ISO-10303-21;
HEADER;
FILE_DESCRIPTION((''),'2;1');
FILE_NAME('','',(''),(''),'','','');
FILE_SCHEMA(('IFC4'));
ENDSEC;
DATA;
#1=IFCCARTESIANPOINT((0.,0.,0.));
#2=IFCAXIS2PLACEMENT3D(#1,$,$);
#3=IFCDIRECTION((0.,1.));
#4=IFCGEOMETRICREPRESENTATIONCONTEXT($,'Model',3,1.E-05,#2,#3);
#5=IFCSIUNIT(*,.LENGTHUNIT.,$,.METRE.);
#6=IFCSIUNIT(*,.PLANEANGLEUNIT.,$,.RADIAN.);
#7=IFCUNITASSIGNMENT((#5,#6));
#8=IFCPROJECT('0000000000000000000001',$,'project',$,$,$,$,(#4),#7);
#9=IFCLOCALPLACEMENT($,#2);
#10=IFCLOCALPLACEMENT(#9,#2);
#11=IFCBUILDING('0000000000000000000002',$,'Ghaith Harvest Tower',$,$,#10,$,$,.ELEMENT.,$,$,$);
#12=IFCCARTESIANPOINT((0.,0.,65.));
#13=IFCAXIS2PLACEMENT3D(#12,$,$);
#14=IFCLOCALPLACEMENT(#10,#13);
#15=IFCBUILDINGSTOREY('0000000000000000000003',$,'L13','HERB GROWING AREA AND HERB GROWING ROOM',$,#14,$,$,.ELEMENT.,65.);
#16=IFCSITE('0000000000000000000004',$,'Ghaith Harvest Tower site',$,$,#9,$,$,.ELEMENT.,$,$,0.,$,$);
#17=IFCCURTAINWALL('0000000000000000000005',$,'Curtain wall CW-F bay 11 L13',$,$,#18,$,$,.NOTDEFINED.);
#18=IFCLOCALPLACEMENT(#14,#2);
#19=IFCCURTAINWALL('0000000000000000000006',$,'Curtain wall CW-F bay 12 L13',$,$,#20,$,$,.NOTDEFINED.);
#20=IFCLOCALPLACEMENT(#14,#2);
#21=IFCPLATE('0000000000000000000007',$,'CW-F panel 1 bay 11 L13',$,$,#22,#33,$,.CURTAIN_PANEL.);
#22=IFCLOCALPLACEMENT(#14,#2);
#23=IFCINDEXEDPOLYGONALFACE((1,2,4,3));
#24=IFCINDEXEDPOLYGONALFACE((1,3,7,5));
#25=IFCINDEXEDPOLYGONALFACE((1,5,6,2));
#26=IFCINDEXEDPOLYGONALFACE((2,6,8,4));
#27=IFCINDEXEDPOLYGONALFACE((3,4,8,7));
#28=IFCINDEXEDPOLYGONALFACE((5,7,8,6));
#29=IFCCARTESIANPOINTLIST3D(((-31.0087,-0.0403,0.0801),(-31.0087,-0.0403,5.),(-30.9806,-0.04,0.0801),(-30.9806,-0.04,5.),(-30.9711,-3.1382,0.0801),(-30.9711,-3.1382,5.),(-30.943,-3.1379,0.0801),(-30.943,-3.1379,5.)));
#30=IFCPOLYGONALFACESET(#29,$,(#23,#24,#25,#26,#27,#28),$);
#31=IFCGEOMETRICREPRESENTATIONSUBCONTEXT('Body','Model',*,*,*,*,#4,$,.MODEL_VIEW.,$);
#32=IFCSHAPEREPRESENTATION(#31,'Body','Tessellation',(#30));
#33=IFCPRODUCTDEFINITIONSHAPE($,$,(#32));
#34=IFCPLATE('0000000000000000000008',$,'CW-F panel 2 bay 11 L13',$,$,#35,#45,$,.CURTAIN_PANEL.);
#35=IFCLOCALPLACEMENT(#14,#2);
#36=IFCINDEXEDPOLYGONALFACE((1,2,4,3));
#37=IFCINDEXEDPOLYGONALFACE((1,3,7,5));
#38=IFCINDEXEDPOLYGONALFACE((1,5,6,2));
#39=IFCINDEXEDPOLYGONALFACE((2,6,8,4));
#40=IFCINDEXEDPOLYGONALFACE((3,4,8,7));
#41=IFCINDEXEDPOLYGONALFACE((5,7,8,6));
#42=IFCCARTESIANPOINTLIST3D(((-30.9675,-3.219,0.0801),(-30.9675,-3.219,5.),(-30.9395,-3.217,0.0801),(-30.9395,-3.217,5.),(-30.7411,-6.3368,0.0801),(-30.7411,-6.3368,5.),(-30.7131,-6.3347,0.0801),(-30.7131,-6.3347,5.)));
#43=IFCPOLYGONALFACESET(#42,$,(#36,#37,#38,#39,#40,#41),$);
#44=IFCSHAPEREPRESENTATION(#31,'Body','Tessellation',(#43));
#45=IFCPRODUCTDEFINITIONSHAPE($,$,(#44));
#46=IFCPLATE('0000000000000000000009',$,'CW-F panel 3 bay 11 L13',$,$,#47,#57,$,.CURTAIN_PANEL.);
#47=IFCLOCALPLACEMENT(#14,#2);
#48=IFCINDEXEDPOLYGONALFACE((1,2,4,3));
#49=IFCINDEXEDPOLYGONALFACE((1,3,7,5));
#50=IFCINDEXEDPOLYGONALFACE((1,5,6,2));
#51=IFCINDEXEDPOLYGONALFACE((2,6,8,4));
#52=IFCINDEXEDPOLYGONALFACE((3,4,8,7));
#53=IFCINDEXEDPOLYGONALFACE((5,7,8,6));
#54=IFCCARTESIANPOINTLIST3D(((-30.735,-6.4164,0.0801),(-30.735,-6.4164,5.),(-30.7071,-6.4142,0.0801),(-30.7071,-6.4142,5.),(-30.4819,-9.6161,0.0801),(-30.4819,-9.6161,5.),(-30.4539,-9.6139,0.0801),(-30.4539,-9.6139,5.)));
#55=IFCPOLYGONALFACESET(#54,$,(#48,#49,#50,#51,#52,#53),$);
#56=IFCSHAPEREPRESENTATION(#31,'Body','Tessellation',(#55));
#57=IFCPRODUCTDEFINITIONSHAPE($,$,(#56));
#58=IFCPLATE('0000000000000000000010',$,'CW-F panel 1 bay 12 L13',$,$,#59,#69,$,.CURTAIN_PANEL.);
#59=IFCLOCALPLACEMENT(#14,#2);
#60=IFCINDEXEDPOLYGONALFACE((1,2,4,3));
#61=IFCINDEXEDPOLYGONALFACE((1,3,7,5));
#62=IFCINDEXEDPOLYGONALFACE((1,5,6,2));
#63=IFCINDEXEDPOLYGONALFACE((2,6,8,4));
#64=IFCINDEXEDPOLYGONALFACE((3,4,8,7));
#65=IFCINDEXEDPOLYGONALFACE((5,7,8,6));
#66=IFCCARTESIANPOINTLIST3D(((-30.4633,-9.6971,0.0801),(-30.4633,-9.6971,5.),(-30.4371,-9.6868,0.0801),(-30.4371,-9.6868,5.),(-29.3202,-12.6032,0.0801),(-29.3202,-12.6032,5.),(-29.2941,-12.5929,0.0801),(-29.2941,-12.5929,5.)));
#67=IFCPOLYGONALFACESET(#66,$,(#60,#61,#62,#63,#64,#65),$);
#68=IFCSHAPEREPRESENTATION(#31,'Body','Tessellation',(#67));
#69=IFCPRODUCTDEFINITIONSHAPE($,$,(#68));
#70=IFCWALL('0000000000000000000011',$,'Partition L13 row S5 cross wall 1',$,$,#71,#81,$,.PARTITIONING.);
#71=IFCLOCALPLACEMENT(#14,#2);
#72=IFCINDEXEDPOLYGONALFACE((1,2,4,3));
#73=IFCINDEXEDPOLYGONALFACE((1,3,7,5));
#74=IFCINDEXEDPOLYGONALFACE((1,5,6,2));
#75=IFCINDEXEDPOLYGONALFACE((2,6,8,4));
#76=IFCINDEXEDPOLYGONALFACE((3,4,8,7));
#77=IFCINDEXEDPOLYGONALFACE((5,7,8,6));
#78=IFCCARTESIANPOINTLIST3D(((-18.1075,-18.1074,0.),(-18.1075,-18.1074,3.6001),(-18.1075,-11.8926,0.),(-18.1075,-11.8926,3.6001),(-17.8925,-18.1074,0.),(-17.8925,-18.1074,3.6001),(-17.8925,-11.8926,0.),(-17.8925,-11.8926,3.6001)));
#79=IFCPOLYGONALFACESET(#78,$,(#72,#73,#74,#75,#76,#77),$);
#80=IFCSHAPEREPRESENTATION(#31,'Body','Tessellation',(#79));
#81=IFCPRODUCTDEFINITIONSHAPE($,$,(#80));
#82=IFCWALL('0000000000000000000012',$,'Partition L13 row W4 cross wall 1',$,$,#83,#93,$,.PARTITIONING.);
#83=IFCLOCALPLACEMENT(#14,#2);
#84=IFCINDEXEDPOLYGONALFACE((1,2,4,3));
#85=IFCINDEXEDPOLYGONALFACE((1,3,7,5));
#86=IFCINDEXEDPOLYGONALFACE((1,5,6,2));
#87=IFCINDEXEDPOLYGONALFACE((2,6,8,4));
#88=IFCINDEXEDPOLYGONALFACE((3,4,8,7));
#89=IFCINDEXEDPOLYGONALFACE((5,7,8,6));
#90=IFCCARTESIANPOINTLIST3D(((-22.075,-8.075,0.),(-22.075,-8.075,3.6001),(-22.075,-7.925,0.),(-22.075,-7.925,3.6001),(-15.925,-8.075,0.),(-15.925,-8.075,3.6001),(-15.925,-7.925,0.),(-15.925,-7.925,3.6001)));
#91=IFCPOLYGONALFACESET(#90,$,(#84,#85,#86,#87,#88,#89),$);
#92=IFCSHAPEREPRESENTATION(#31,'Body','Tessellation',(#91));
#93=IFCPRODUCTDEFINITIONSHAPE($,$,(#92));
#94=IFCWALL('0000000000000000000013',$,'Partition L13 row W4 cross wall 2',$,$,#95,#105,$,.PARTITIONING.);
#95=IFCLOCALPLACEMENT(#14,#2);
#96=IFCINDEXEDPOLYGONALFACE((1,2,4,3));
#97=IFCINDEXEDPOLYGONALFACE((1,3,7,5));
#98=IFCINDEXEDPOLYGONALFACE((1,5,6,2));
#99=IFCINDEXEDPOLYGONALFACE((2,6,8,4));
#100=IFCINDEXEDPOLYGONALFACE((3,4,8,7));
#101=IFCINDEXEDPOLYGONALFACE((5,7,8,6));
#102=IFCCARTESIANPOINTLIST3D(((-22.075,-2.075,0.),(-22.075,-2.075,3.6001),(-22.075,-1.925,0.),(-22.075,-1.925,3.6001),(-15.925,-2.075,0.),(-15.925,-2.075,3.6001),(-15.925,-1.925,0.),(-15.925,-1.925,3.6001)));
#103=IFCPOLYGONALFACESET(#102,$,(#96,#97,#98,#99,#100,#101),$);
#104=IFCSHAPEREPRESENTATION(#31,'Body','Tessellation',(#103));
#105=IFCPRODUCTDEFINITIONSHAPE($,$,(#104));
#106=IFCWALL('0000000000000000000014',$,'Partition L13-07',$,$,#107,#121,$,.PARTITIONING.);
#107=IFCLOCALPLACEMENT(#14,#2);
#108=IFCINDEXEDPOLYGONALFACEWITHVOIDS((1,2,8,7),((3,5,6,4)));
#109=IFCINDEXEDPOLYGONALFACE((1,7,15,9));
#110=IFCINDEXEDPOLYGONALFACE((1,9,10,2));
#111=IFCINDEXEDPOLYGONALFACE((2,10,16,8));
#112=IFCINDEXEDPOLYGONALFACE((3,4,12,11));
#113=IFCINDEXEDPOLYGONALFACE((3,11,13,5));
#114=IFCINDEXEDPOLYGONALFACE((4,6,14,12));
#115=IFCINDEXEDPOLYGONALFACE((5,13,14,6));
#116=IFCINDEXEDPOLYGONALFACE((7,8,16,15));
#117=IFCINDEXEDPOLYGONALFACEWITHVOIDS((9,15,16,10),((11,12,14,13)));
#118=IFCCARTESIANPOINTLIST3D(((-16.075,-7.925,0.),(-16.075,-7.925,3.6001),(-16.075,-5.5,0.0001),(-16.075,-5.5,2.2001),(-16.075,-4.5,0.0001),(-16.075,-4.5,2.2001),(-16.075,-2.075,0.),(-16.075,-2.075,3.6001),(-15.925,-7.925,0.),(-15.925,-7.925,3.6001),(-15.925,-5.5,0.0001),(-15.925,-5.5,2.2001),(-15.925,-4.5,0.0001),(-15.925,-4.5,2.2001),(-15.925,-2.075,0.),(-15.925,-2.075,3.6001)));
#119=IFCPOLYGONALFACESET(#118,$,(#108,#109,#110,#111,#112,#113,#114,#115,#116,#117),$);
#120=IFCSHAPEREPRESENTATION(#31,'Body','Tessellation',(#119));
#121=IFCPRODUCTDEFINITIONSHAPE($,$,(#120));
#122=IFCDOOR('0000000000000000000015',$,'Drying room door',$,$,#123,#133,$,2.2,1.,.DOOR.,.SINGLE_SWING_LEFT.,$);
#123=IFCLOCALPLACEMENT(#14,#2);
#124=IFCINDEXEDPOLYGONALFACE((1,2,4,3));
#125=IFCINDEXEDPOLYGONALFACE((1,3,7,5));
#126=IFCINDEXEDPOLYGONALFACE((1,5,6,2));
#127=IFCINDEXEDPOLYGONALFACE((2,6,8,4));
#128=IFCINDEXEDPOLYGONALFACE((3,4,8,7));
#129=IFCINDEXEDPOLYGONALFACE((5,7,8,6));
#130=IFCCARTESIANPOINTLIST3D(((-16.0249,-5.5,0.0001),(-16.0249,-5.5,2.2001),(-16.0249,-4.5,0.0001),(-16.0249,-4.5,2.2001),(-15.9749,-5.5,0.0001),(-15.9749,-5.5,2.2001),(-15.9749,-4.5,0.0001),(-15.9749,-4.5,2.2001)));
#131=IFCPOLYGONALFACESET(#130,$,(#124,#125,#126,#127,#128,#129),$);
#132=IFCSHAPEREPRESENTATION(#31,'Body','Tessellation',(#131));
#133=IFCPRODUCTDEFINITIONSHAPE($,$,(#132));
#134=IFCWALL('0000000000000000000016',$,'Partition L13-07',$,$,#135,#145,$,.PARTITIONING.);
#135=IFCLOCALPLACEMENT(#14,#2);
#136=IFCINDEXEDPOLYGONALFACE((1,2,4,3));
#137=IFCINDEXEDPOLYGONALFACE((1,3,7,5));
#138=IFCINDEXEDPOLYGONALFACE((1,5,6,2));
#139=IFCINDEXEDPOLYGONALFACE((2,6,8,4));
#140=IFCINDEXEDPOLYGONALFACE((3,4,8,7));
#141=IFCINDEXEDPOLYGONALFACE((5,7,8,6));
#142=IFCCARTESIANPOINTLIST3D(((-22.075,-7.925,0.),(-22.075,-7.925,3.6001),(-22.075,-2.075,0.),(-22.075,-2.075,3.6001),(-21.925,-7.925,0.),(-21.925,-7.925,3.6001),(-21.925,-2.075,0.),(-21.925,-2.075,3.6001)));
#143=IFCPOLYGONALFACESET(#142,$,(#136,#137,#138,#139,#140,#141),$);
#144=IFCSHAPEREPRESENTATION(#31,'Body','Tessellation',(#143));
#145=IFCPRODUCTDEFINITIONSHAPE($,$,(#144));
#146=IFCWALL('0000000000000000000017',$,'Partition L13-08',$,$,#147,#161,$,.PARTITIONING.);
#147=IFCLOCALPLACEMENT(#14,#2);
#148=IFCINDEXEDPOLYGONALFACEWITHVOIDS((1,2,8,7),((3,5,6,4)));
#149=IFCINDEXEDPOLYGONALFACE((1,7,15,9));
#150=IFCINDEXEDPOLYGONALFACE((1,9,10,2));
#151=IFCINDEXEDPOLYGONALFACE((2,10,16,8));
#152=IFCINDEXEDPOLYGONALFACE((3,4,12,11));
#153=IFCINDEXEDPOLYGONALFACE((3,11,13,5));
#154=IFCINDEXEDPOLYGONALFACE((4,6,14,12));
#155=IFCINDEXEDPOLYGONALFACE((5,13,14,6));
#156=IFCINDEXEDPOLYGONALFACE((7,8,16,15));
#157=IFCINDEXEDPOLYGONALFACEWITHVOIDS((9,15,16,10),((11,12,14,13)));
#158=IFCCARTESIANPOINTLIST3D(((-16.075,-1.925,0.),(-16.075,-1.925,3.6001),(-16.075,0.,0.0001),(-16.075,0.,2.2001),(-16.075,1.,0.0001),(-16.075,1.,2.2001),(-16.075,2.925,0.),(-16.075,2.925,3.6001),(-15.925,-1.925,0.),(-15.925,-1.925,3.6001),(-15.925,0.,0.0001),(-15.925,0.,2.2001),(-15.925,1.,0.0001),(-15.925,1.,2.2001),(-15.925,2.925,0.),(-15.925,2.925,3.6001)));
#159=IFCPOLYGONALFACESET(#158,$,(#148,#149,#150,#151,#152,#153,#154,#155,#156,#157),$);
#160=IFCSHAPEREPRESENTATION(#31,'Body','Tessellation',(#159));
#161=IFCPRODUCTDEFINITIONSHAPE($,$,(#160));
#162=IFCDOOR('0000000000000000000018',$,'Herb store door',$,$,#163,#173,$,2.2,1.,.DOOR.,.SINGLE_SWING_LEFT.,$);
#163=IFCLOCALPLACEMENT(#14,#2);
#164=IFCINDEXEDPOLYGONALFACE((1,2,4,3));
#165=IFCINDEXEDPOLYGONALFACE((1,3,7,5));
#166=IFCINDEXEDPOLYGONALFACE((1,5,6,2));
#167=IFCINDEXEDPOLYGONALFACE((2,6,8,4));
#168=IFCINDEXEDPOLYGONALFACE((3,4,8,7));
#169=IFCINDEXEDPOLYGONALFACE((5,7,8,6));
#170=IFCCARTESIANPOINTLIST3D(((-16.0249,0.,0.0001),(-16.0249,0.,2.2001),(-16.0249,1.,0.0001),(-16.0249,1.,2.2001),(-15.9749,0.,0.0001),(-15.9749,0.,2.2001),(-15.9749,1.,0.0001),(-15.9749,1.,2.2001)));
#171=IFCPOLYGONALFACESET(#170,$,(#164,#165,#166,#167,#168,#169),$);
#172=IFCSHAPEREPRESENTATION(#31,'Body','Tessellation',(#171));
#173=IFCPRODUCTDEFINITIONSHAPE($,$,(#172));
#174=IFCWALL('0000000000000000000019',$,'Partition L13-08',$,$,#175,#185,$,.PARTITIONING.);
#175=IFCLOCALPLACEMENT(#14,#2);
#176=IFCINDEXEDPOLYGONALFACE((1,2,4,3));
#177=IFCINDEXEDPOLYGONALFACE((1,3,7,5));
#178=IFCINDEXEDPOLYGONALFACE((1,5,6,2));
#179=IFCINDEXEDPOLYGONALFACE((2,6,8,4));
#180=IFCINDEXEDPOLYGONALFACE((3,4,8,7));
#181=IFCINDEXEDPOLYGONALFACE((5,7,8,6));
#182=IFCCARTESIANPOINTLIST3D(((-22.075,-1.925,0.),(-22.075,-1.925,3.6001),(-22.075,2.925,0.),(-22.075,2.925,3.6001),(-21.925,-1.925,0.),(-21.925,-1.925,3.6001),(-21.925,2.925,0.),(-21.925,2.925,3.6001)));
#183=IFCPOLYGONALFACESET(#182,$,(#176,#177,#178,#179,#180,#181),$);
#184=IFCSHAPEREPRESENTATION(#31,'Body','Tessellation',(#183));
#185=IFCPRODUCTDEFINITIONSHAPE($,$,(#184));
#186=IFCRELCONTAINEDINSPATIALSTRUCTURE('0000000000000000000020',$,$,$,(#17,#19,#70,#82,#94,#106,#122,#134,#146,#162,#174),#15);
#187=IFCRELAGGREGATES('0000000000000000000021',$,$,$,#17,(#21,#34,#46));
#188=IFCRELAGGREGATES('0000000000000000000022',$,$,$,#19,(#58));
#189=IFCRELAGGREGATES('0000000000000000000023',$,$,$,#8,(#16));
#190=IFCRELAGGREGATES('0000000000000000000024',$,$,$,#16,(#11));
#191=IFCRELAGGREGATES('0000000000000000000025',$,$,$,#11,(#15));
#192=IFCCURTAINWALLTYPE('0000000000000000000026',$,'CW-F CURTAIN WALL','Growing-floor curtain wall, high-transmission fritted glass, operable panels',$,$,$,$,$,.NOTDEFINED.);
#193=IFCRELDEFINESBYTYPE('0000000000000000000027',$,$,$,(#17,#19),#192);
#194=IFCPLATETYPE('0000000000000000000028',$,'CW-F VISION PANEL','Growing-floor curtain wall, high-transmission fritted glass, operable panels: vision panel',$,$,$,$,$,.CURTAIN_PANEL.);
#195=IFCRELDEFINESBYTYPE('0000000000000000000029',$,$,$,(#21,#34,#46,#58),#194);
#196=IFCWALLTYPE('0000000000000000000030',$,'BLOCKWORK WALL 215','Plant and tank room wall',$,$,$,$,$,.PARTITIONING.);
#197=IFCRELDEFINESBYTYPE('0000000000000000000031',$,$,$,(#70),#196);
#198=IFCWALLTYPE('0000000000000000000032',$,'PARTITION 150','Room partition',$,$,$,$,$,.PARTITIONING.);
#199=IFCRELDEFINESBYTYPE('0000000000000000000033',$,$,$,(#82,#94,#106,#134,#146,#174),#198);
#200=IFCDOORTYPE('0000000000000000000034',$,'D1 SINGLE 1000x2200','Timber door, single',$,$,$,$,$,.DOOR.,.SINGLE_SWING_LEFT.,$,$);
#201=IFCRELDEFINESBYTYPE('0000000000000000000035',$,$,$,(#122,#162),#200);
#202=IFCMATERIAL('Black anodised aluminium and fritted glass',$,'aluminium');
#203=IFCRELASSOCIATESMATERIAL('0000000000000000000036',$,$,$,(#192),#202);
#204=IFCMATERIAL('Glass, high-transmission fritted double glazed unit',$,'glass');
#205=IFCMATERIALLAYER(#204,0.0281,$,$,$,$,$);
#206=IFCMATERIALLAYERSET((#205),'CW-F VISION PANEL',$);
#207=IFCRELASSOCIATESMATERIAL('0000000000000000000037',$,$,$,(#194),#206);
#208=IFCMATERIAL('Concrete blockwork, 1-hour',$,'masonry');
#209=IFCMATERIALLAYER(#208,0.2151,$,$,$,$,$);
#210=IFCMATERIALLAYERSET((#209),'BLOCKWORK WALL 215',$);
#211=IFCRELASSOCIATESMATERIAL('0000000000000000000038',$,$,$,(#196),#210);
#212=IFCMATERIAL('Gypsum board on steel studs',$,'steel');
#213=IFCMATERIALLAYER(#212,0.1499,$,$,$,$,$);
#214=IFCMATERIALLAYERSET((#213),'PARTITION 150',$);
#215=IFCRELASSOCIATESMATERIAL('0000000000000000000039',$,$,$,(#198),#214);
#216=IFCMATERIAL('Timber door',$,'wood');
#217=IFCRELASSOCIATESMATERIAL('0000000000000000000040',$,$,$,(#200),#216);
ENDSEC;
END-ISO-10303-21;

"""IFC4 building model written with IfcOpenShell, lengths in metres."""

from ifc_helpers import new_model, si_unit, direction, frame, frame_2d, origin, origin_2d, place, context, subcontext, project, spatial, rectangle, extrude, material, layer, layer_set, type_object, element, fill, aggregate, save


model = new_model("IFC4")

# Units and contexts
model_context = context("Model", 3, precision=1e-05, world=origin(), true_north=direction((0.0, 1.0)))
body_context = subcontext(model_context, "Body", "Model", "MODEL_VIEW")
ifc_project = project(units=[si_unit("LENGTHUNIT", "METRE"), si_unit("PLANEANGLEUNIT", "RADIAN")], contexts=[model_context])

# Site, building, storey
site_placement = place(None, origin())
site = spatial("IfcSite", under=ifc_project, at=site_placement, Name="Ghaith Harvest Tower site", CompositionType="ELEMENT", RefElevation=0.0)
building_placement = place(site_placement, origin())
building = spatial("IfcBuilding", under=site, at=building_placement, Name="Ghaith Harvest Tower", CompositionType="ELEMENT")
storey_placement = place(building_placement, frame((0.0, 0.0, 65.0)))
storey = spatial("IfcBuildingStorey", under=building, at=storey_placement, Name="L13", Description="HERB GROWING AREA AND HERB GROWING ROOM", CompositionType="ELEMENT", Elevation=65.0)

# Curtain walls
ifc_material_1 = material(Name="Black anodised aluminium and fritted glass", Category="aluminium")
curtain_wall_type = type_object("IfcCurtainWallType", Name="CW-F CURTAIN WALL", Description="Growing-floor curtain wall, high-transmission fritted glass, operable panels", PredefinedType="NOTDEFINED", material=ifc_material_1)
curtain_wall_1_placement = place(storey_placement, origin())
curtain_wall_1 = element("IfcCurtainWall", 1, at=curtain_wall_1_placement, inside=storey, type_object=curtain_wall_type, Name="Curtain wall CW-F bay 11 L13", PredefinedType="NOTDEFINED")
curtain_wall_2_placement = place(storey_placement, origin())
curtain_wall_2 = element("IfcCurtainWall", 2, at=curtain_wall_2_placement, inside=storey, type_object=curtain_wall_type, Name="Curtain wall CW-F bay 12 L13", PredefinedType="NOTDEFINED")

# Plates
ifc_material_2 = material(Name="Glass, high-transmission fritted double glazed unit", Category="glass")
ifc_layer_1 = layer(ifc_material_2, 0.0281)
ifc_layer_set_1 = layer_set([ifc_layer_1], Name="CW-F VISION PANEL")
plate_type = type_object("IfcPlateType", Name="CW-F VISION PANEL", Description="Growing-floor curtain wall, high-transmission fritted glass, operable panels: vision panel", PredefinedType="CURTAIN_PANEL", material=ifc_layer_set_1)
plate_1_placement = place(storey_placement, frame((-30.9758, -1.5891, 0.0801), z_axis=(0.0, 0.0, 1.0), x_axis=(0.012133, -0.999926, 0.0)))
plate_1 = element("IfcPlate", 3, at=plate_1_placement, type_object=plate_type, Name="CW-F panel 1 bay 11 L13", PredefinedType="CURTAIN_PANEL", context=body_context, shape_type="SweptSolid", body=[
    extrude(rectangle(XDim=3.0981, YDim=0.0281, at=origin_2d()), origin(), (0.0, 0.0, 1.0), 4.9199),
])
plate_2_placement = place(storey_placement, frame((-30.8403, -4.7769, 0.0801), z_axis=(0.0, 0.0, 1.0), x_axis=(0.072421, -0.997374, 0.0)))
plate_2 = element("IfcPlate", 4, at=plate_2_placement, type_object=plate_type, Name="CW-F panel 2 bay 11 L13", PredefinedType="CURTAIN_PANEL", context=body_context, shape_type="SweptSolid", body=[
    extrude(rectangle(XDim=3.126, YDim=0.0281, at=origin_2d()), origin(), (0.0, 0.0, 1.0), 4.9199),
])
plate_3_placement = place(storey_placement, frame((-30.5945, -8.0151, 0.0801), z_axis=(0.0, 0.0, 1.0), x_axis=(0.078867, -0.996885, 0.0)))
plate_3 = element("IfcPlate", 5, at=plate_3_placement, type_object=plate_type, Name="CW-F panel 3 bay 11 L13", PredefinedType="CURTAIN_PANEL", context=body_context, shape_type="SweptSolid", body=[
    extrude(rectangle(XDim=3.2097, YDim=0.0281, at=origin_2d()), origin(), (0.0, 0.0, 1.0), 4.9199),
])
aggregate(curtain_wall_1, [plate_1, plate_2, plate_3])
plate_4_placement = place(storey_placement, frame((-29.8787, -11.145, 0.0801), z_axis=(0.0, 0.0, 1.0), x_axis=(0.36604, -0.930599, 0.0)))
plate_4 = element("IfcPlate", 6, at=plate_4_placement, type_object=plate_type, Name="CW-F panel 1 bay 12 L13", PredefinedType="CURTAIN_PANEL", context=body_context, shape_type="SweptSolid", body=[
    extrude(rectangle(XDim=3.1228, YDim=0.0281, at=origin_2d()), origin(), (0.0, 0.0, 1.0), 4.9199),
])
aggregate(curtain_wall_2, [plate_4])

# Wall
ifc_material_3 = material(Name="Concrete blockwork, 1-hour", Category="masonry")
ifc_layer_2 = layer(ifc_material_3, 0.2151)
ifc_layer_set_2 = layer_set([ifc_layer_2], Name="BLOCKWORK WALL 215")
wall_type_1 = type_object("IfcWallType", Name="BLOCKWORK WALL 215", Description="Plant and tank room wall", PredefinedType="PARTITIONING", material=ifc_layer_set_2)
wall_1_placement = place(storey_placement, frame((-18.0, -11.8926, 0.0), z_axis=(0.0, 0.0, 1.0), x_axis=(0.0, -1.0, 0.0)))
element("IfcWall", 7, at=wall_1_placement, inside=storey, type_object=wall_type_1, Name="Partition L13 row S5 cross wall 1", PredefinedType="PARTITIONING", context=body_context, shape_type="SweptSolid", body=[
    extrude(rectangle(XDim=6.2148, YDim=0.2151, at=frame_2d((3.1074, 0.0))), origin(), (0.0, 0.0, 1.0), 3.6001),
])

# Walls
ifc_material_4 = material(Name="Gypsum board on steel studs", Category="steel")
ifc_layer_3 = layer(ifc_material_4, 0.1499)
ifc_layer_set_3 = layer_set([ifc_layer_3], Name="PARTITION 150")
wall_type_2 = type_object("IfcWallType", Name="PARTITION 150", Description="Room partition", PredefinedType="PARTITIONING", material=ifc_layer_set_3)
for number, where, z_axis, x_axis, name in (
    (8, (-15.925, -8.0, 0.0), (0.0, 0.0, 1.0), (-1.0, 0.0, 0.0), "Partition L13 row W4 cross wall 1"),
    (9, (-15.925, -2.0, 0.0), (0.0, 0.0, 1.0), (-1.0, 0.0, 0.0), "Partition L13 row W4 cross wall 2"),
):
    element("IfcWall", number, at=place(storey_placement, frame(where, z_axis=z_axis, x_axis=x_axis)), inside=storey, type_object=wall_type_2, Name=name, PredefinedType="PARTITIONING", context=body_context, shape_type="SweptSolid", body=[
        extrude(rectangle(XDim=6.1499, YDim=0.1499, at=frame_2d((3.075, 0.0))), origin(), (0.0, 0.0, 1.0), 3.6001),
    ])

# Wall, opening, door
wall_2_placement = place(storey_placement, frame((-16.0, -7.925, 0.0), z_axis=(0.0, 0.0, 1.0), x_axis=(0.0, 1.0, 0.0)))
wall_2 = element("IfcWall", 10, at=wall_2_placement, inside=storey, type_object=wall_type_2, Name="Partition L13-07", PredefinedType="PARTITIONING", context=body_context, shape_type="SweptSolid", body=[
    extrude(rectangle(XDim=5.8501, YDim=0.1499, at=frame_2d((2.925, 0.0))), origin(), (0.0, 0.0, 1.0), 3.6001),
])
opening_1_placement = place(wall_2_placement, frame((2.425, 0.0, 0.0)))
opening_1 = element("IfcOpeningElement", 11, at=opening_1_placement, cuts=wall_2, PredefinedType="OPENING", context=body_context, shape_type="SweptSolid", body=[
    extrude(rectangle(XDim=1.0, YDim=2.2, at=frame_2d((0.5, 1.1001))), frame((0.0, 0.085, 0.0), z_axis=(0.0, -1.0, 0.0), x_axis=(1.0, 0.0, 0.0)), (0.0, 0.0, 1.0), 0.1699),
])
ifc_material_5 = material(Name="Timber door", Category="wood")
door_type_1 = type_object("IfcDoorType", Name="D1 SINGLE 1000x2200", Description="Timber door, single", OperationType="SINGLE_SWING_LEFT", PredefinedType="DOOR", material=ifc_material_5)
door_1_placement = place(opening_1_placement, origin())
door_1 = element("IfcDoor", 12, at=door_1_placement, inside=storey, type_object=door_type_1, Name="Drying room door", OperationType="SINGLE_SWING_LEFT", OverallHeight=2.2, OverallWidth=1.0, PredefinedType="DOOR", context=body_context, shape_type="SweptSolid", body=[
    extrude(rectangle(XDim=1.0, YDim=2.2, at=frame_2d((0.5, 1.1001))), frame((0.0, 0.0249, 0.0), z_axis=(0.0, -1.0, 0.0), x_axis=(1.0, 0.0, 0.0)), (0.0, 0.0, 1.0), 0.05),
])
fill(opening_1, door_1)

# Wall
wall_3_placement = place(storey_placement, frame((-22.0, -7.925, 0.0), z_axis=(0.0, 0.0, 1.0), x_axis=(0.0, 1.0, 0.0)))
element("IfcWall", 13, at=wall_3_placement, inside=storey, type_object=wall_type_2, Name="Partition L13-07", PredefinedType="PARTITIONING", context=body_context, shape_type="SweptSolid", body=[
    extrude(rectangle(XDim=5.8501, YDim=0.1499, at=frame_2d((2.925, 0.0))), origin(), (0.0, 0.0, 1.0), 3.6001),
])

# Wall, opening, door
wall_4_placement = place(storey_placement, frame((-16.0, -1.925, 0.0), z_axis=(0.0, 0.0, 1.0), x_axis=(0.0, 1.0, 0.0)))
wall_4 = element("IfcWall", 14, at=wall_4_placement, inside=storey, type_object=wall_type_2, Name="Partition L13-08", PredefinedType="PARTITIONING", context=body_context, shape_type="SweptSolid", body=[
    extrude(rectangle(XDim=4.8501, YDim=0.1499, at=frame_2d((2.425, 0.0))), origin(), (0.0, 0.0, 1.0), 3.6001),
])
opening_2_placement = place(wall_4_placement, frame((1.925, 0.0, 0.0)))
opening_2 = element("IfcOpeningElement", 15, at=opening_2_placement, cuts=wall_4, PredefinedType="OPENING", context=body_context, shape_type="SweptSolid", body=[
    extrude(rectangle(XDim=1.0, YDim=2.2, at=frame_2d((0.5, 1.1001))), frame((0.0, 0.085, 0.0), z_axis=(0.0, -1.0, 0.0), x_axis=(1.0, 0.0, 0.0)), (0.0, 0.0, 1.0), 0.1699),
])
door_2_placement = place(opening_2_placement, origin())
door_2 = element("IfcDoor", 16, at=door_2_placement, inside=storey, type_object=door_type_1, Name="Herb store door", OperationType="SINGLE_SWING_LEFT", OverallHeight=2.2, OverallWidth=1.0, PredefinedType="DOOR", context=body_context, shape_type="SweptSolid", body=[
    extrude(rectangle(XDim=1.0, YDim=2.2, at=frame_2d((0.5, 1.1001))), frame((0.0, 0.0249, 0.0), z_axis=(0.0, -1.0, 0.0), x_axis=(1.0, 0.0, 0.0)), (0.0, 0.0, 1.0), 0.05),
])
fill(opening_2, door_2)

# Wall
wall_5_placement = place(storey_placement, frame((-22.0, -1.925, 0.0), z_axis=(0.0, 0.0, 1.0), x_axis=(0.0, 1.0, 0.0)))
element("IfcWall", 17, at=wall_5_placement, inside=storey, type_object=wall_type_2, Name="Partition L13-08", PredefinedType="PARTITIONING", context=body_context, shape_type="SweptSolid", body=[
    extrude(rectangle(XDim=4.8501, YDim=0.1499, at=frame_2d((2.425, 0.0))), origin(), (0.0, 0.0, 1.0), 3.6001),
])

save(model, "model.ifc")
